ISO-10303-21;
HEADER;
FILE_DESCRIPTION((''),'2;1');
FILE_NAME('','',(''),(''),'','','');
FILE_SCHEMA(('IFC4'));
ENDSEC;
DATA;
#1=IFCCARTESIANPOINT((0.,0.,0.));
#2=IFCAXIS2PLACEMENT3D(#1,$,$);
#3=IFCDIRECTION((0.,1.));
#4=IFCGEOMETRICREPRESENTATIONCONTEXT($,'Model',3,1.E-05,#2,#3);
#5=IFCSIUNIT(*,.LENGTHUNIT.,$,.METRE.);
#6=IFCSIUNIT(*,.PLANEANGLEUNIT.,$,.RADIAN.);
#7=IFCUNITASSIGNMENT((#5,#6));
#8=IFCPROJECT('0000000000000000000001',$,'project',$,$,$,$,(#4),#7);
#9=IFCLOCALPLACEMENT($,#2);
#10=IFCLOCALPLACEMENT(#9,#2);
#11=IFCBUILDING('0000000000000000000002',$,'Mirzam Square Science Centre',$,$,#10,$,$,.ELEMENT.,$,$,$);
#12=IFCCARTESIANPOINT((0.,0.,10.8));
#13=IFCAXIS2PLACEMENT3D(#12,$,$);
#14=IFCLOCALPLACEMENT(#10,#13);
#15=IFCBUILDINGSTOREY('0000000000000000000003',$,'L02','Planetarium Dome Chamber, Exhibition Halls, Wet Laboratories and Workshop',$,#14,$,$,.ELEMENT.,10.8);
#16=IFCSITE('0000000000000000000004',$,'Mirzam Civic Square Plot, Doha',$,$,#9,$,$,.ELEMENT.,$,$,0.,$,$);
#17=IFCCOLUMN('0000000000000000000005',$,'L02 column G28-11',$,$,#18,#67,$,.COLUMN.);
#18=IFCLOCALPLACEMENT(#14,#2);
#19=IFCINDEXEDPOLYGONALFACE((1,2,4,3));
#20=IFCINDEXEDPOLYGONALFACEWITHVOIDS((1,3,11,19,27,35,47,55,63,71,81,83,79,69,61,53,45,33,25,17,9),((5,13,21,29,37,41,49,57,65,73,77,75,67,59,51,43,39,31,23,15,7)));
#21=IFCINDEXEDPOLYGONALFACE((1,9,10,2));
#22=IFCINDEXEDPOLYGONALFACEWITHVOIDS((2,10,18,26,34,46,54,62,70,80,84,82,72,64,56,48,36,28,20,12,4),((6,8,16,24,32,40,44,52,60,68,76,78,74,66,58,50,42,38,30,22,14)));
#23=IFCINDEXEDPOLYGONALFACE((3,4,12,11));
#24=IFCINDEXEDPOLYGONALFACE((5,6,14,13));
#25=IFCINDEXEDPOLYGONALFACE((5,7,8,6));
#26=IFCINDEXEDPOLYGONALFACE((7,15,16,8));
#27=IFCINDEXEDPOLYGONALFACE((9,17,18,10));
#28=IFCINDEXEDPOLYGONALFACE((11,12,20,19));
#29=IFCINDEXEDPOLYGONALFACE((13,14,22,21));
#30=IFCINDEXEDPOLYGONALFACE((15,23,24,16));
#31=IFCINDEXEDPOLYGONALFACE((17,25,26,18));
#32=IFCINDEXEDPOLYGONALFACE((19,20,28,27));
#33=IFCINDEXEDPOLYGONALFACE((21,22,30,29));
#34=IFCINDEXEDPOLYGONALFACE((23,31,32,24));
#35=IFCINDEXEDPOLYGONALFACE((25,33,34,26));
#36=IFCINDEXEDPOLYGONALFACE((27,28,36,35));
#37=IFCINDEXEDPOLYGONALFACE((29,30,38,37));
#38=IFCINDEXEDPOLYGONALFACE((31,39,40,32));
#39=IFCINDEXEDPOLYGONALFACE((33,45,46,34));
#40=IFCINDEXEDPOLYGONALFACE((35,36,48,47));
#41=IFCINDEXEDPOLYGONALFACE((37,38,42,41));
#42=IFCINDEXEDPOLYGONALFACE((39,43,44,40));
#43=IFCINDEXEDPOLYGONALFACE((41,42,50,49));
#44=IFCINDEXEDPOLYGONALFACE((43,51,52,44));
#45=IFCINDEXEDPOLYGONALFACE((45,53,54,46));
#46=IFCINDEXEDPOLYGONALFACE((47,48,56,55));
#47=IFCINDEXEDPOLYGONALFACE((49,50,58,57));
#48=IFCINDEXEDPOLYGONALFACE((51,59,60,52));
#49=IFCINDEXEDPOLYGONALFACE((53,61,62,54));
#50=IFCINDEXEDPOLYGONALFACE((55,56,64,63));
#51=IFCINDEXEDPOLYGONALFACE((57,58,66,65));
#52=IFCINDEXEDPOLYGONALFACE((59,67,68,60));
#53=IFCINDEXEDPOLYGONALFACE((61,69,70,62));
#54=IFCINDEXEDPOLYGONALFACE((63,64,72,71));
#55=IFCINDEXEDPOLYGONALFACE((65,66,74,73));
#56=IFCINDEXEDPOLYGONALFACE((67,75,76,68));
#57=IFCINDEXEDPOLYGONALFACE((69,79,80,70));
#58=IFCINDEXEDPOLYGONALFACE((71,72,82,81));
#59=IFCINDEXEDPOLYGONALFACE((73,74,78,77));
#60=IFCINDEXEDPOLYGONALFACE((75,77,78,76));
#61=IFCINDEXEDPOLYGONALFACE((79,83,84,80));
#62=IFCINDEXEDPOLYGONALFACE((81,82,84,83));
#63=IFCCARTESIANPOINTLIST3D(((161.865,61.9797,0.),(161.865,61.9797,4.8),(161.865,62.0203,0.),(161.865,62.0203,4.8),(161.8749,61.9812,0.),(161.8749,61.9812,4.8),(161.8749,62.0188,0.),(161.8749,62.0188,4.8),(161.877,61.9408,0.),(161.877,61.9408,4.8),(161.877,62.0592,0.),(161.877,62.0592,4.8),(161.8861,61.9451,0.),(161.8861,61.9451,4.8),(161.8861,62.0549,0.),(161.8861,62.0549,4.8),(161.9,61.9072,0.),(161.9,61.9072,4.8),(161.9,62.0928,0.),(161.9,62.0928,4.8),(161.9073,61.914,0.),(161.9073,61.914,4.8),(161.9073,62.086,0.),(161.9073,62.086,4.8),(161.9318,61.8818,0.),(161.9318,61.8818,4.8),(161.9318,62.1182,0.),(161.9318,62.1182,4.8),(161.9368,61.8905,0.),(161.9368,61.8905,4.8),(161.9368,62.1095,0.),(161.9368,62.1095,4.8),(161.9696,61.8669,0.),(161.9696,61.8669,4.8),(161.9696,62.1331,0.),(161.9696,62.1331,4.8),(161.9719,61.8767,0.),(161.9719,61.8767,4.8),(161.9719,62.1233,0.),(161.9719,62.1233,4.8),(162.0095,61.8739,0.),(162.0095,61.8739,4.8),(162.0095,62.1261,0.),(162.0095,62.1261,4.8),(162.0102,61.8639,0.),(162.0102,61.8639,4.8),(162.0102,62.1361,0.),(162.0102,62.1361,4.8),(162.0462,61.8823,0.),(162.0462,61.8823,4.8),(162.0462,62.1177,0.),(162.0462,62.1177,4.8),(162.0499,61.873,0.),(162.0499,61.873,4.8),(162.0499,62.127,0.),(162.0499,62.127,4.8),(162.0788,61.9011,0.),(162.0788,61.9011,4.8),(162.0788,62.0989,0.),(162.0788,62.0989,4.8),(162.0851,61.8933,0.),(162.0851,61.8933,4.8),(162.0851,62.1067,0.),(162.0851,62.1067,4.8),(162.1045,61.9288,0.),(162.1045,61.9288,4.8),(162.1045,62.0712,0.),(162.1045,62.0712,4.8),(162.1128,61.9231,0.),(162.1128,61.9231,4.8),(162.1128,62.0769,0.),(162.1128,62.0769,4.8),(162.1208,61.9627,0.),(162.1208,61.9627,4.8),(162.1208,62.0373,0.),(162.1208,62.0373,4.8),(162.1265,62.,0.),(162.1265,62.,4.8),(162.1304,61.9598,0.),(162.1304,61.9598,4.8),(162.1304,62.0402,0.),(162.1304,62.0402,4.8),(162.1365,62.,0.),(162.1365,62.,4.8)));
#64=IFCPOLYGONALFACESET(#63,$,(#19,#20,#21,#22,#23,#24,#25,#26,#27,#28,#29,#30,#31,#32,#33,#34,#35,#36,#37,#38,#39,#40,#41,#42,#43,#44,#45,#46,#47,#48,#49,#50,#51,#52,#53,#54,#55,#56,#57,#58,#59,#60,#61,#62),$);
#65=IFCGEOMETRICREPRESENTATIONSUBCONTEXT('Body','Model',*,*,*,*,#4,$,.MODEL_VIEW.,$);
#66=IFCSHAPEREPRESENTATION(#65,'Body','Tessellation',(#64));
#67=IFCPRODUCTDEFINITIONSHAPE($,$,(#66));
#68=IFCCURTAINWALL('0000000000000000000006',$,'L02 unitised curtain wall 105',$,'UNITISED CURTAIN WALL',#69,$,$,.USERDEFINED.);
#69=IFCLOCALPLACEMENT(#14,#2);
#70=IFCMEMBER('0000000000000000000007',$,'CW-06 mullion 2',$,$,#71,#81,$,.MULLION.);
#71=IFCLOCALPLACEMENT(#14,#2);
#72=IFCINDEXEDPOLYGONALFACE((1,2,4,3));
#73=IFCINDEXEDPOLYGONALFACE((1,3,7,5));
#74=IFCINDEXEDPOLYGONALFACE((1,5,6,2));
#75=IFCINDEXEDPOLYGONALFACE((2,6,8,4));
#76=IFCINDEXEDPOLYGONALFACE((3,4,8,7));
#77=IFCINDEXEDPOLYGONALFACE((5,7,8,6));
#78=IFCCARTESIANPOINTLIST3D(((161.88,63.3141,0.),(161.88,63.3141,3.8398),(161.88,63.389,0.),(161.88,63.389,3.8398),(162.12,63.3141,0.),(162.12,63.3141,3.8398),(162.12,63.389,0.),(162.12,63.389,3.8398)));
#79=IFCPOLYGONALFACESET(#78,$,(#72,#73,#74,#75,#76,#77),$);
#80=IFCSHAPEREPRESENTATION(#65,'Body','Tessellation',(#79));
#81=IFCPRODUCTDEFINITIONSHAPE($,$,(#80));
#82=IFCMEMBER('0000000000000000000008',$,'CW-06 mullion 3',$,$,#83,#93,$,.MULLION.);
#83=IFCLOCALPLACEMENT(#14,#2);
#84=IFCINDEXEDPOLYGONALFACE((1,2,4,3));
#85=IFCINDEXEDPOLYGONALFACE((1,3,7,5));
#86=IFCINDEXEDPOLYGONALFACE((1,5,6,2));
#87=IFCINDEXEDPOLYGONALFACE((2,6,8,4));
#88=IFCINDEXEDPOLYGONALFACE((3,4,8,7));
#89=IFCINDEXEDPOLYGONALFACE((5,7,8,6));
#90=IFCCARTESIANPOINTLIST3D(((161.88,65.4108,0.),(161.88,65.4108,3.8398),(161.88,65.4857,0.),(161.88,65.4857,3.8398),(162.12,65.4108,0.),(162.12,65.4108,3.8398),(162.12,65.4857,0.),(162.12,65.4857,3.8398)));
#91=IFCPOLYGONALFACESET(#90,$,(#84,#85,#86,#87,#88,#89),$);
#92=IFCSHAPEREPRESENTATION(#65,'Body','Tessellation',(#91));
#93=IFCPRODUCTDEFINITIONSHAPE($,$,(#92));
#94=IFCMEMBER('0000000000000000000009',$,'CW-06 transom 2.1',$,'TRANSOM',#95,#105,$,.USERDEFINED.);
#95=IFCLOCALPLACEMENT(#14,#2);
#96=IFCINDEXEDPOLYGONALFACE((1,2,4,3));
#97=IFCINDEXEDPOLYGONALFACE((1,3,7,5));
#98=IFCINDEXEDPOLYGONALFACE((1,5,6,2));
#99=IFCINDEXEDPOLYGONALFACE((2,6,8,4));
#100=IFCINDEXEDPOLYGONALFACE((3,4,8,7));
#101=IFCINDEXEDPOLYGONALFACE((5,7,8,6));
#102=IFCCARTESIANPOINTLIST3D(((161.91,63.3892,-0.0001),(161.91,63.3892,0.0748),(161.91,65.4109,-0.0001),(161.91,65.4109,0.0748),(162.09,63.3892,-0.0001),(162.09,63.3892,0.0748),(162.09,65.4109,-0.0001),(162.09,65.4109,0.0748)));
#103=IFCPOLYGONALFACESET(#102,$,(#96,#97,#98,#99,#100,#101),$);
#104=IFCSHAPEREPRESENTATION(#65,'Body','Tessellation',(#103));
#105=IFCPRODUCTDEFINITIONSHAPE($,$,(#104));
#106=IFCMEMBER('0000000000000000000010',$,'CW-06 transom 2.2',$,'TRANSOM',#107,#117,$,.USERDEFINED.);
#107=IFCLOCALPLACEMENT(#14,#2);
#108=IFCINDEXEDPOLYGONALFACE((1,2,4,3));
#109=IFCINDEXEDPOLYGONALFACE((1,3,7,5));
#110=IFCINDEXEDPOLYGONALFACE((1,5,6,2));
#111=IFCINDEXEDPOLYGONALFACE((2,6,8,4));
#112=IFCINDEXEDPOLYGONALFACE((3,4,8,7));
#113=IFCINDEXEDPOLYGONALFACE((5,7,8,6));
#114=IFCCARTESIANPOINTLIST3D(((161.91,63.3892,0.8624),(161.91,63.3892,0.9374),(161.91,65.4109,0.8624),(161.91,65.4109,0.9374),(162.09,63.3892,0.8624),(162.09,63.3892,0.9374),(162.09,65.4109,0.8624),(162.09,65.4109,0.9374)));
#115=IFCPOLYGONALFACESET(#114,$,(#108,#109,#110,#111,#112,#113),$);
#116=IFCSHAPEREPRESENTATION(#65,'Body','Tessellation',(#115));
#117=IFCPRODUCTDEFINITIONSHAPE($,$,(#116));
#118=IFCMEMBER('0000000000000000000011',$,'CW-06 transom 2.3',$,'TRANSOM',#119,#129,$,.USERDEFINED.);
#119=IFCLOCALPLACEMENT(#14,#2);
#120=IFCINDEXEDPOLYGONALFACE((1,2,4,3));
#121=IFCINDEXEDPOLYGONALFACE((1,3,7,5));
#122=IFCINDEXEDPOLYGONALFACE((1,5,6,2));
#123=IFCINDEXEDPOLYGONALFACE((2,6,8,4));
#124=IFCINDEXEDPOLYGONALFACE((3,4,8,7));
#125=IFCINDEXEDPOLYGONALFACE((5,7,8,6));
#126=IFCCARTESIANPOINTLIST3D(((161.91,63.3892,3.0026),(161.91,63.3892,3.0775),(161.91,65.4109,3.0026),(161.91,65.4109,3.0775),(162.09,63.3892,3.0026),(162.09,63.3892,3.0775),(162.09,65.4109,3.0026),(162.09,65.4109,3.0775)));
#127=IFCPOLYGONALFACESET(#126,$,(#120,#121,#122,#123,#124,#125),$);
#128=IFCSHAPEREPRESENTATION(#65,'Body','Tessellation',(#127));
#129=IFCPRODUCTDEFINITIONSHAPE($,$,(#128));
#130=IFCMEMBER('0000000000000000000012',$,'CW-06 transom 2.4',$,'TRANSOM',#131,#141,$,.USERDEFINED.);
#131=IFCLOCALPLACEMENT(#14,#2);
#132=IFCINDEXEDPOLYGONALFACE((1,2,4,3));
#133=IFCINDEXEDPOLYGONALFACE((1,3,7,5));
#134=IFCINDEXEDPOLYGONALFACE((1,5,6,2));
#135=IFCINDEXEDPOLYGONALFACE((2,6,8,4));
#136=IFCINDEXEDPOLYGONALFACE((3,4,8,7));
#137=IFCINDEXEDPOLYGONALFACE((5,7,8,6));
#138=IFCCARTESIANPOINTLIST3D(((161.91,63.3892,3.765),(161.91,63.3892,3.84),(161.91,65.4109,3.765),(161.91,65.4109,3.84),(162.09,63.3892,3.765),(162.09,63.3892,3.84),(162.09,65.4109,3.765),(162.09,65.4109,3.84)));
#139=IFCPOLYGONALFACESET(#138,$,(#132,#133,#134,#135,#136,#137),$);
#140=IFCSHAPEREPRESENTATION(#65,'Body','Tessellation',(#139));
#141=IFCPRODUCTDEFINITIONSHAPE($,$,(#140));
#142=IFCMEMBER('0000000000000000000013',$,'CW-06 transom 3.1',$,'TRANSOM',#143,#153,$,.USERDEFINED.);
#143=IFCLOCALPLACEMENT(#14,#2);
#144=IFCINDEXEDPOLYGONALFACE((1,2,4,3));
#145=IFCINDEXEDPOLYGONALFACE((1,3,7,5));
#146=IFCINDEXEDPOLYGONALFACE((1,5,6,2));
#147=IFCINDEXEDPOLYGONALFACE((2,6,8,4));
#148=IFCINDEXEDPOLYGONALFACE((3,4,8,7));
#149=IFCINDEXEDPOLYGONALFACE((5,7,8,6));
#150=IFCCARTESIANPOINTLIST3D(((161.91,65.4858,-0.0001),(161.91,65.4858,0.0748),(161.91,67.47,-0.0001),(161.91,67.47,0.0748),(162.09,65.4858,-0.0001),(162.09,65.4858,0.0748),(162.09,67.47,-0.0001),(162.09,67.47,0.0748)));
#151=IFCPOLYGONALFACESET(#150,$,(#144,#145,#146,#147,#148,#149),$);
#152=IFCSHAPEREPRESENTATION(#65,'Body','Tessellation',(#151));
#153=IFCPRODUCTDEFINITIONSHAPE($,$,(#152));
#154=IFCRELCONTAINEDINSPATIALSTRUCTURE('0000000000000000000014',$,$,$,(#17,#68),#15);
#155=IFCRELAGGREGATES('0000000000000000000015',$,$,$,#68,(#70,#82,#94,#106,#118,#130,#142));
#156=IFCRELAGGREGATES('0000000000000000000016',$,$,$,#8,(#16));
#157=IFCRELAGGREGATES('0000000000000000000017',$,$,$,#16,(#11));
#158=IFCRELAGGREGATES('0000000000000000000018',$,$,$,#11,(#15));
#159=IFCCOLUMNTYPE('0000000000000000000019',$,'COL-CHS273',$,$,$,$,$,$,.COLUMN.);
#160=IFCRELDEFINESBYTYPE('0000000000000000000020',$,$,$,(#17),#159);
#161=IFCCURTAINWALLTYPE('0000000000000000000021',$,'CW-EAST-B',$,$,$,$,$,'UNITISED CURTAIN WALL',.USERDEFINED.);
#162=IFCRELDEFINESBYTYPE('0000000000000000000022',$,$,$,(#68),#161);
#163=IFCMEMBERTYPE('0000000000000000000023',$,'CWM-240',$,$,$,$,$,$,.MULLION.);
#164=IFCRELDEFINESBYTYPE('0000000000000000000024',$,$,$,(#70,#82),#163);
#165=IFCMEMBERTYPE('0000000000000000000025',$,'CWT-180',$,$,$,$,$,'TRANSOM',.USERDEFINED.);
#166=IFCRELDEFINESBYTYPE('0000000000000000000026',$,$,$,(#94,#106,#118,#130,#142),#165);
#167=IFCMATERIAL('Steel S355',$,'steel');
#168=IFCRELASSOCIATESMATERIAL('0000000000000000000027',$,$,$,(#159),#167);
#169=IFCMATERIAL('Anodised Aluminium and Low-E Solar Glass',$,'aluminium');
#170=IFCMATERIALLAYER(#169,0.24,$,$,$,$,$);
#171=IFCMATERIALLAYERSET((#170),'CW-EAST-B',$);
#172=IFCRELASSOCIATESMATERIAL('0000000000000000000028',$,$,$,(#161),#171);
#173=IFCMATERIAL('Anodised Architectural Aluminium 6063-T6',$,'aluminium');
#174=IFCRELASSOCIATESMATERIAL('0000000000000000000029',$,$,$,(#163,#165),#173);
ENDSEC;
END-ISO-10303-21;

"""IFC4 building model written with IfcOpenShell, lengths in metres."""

from ifc_helpers import new_model, si_unit, direction, frame, origin, origin_2d, place, context, subcontext, project, spatial, rectangle, hollow_circle, extrude, material, layer, layer_set, material_profile, profile_set, type_object, element, aggregate, save


model = new_model("IFC4")

# Units and contexts
model_context = context("Model", 3, precision=1e-05, world=origin(), true_north=direction((0.0, 1.0)))
body_context = subcontext(model_context, "Body", "Model", "MODEL_VIEW")
ifc_project = project(units=[si_unit("LENGTHUNIT", "METRE"), si_unit("PLANEANGLEUNIT", "RADIAN")], contexts=[model_context])

# Site, building, storey
site_placement = place(None, origin())
site = spatial("IfcSite", under=ifc_project, at=site_placement, Name="Mirzam Civic Square Plot, Doha", CompositionType="ELEMENT", RefElevation=0.0)
building_placement = place(site_placement, origin())
building = spatial("IfcBuilding", under=site, at=building_placement, Name="Mirzam Square Science Centre", CompositionType="ELEMENT")
storey_placement = place(building_placement, frame((0.0, 0.0, 10.8)))
storey = spatial("IfcBuildingStorey", under=building, at=storey_placement, Name="L02", Description="Planetarium Dome Chamber, Exhibition Halls, Wet Laboratories and Workshop", CompositionType="ELEMENT", Elevation=10.8)

# Column
ifc_material_1 = material(Name="Steel S355", Category="steel")
ifc_material_profile_1 = material_profile(ifc_material_1, hollow_circle(Radius=0.1365, WallThickness=0.01, at=origin_2d()), Name="273.0x10.0CHS")
ifc_profile_set_1 = profile_set([ifc_material_profile_1], Name="Steel S355")
column_type = type_object("IfcColumnType", Name="COL-CHS273", PredefinedType="COLUMN", material=ifc_profile_set_1)
column_placement = place(storey_placement, frame((162.0, 62.0, 0.0), z_axis=(0.0, 0.0, 1.0), x_axis=(1.0, 0.0, 0.0)))
element("IfcColumn", 1, at=column_placement, inside=storey, type_object=column_type, Name="L02 column G28-11", PredefinedType="COLUMN", context=body_context, shape_type="SweptSolid", body=[
    extrude(hollow_circle(Radius=0.1365, WallThickness=0.01, at=origin_2d()), origin(), (0.0, 0.0, 1.0), 4.8),
])

# Curtain wall, members
ifc_material_2 = material(Name="Anodised Aluminium and Low-E Solar Glass", Category="aluminium")
ifc_layer_1 = layer(ifc_material_2, 0.24)
ifc_layer_set_1 = layer_set([ifc_layer_1], Name="CW-EAST-B")
curtain_wall_type = type_object("IfcCurtainWallType", Name="CW-EAST-B", ElementType="UNITISED CURTAIN WALL", PredefinedType="USERDEFINED", material=ifc_layer_set_1)
curtain_wall_placement = place(storey_placement, origin())
curtain_wall = element("IfcCurtainWall", 2, at=curtain_wall_placement, inside=storey, type_object=curtain_wall_type, Name="L02 unitised curtain wall 105", ObjectType="UNITISED CURTAIN WALL", PredefinedType="USERDEFINED")
ifc_material_3 = material(Name="Anodised Architectural Aluminium 6063-T6", Category="aluminium")
ifc_material_profile_2 = material_profile(ifc_material_3, rectangle(XDim=0.075, YDim=0.24, at=origin_2d()), Name="ALU-MULL-240x75x5")
ifc_profile_set_2 = profile_set([ifc_material_profile_2], Name="Anodised Architectural Aluminium 6063-T6")
member_type_1 = type_object("IfcMemberType", Name="CWM-240", PredefinedType="MULLION", material=ifc_profile_set_2)
member_1_placement = place(storey_placement, frame((162.0, 63.3516, 0.0), z_axis=(0.0, 0.0, 1.0), x_axis=(0.0, 1.0, 0.0)))
member_1 = element("IfcMember", 3, at=member_1_placement, type_object=member_type_1, Name="CW-06 mullion 2", PredefinedType="MULLION", context=body_context, shape_type="SweptSolid", body=[
    extrude(rectangle(XDim=0.075, YDim=0.24, at=origin_2d()), origin(), (0.0, 0.0, 1.0), 3.8398),
])
member_2_placement = place(storey_placement, frame((162.0, 65.4482, 0.0), z_axis=(0.0, 0.0, 1.0), x_axis=(0.0, 1.0, 0.0)))
member_2 = element("IfcMember", 4, at=member_2_placement, type_object=member_type_1, Name="CW-06 mullion 3", PredefinedType="MULLION", context=body_context, shape_type="SweptSolid", body=[
    extrude(rectangle(XDim=0.075, YDim=0.24, at=origin_2d()), origin(), (0.0, 0.0, 1.0), 3.8398),
])
ifc_material_profile_3 = material_profile(ifc_material_3, rectangle(XDim=0.1799, YDim=0.075, at=origin_2d()), Name="ALU-TRAN-180x75x5")
ifc_profile_set_3 = profile_set([ifc_material_profile_3], Name="Anodised Architectural Aluminium 6063-T6")
member_type_2 = type_object("IfcMemberType", Name="CWT-180", ElementType="TRANSOM", PredefinedType="USERDEFINED", material=ifc_profile_set_3)
member_3_placement = place(storey_placement, frame((162.0, 63.3892, 0.0374), z_axis=(0.0, 1.0, 0.0), x_axis=(-1.0, 0.0, 0.0)))
member_3 = element("IfcMember", 5, at=member_3_placement, type_object=member_type_2, Name="CW-06 transom 2.1", ObjectType="TRANSOM", PredefinedType="USERDEFINED", context=body_context, shape_type="SweptSolid", body=[
    extrude(rectangle(XDim=0.1799, YDim=0.075, at=origin_2d()), origin(), (0.0, 0.0, 1.0), 2.0217),
])
member_4_placement = place(storey_placement, frame((162.0, 63.3892, 0.8999), z_axis=(0.0, 1.0, 0.0), x_axis=(-1.0, 0.0, 0.0)))
member_4 = element("IfcMember", 6, at=member_4_placement, type_object=member_type_2, Name="CW-06 transom 2.2", ObjectType="TRANSOM", PredefinedType="USERDEFINED", context=body_context, shape_type="SweptSolid", body=[
    extrude(rectangle(XDim=0.1799, YDim=0.075, at=origin_2d()), origin(), (0.0, 0.0, 1.0), 2.0217),
])
member_5_placement = place(storey_placement, frame((162.0, 63.3892, 3.04), z_axis=(0.0, 1.0, 0.0), x_axis=(-1.0, 0.0, 0.0)))
member_5 = element("IfcMember", 7, at=member_5_placement, type_object=member_type_2, Name="CW-06 transom 2.3", ObjectType="TRANSOM", PredefinedType="USERDEFINED", context=body_context, shape_type="SweptSolid", body=[
    extrude(rectangle(XDim=0.1799, YDim=0.075, at=origin_2d()), origin(), (0.0, 0.0, 1.0), 2.0217),
])
member_6_placement = place(storey_placement, frame((162.0, 63.3892, 3.8025), z_axis=(0.0, 1.0, 0.0), x_axis=(-1.0, 0.0, 0.0)))
member_6 = element("IfcMember", 8, at=member_6_placement, type_object=member_type_2, Name="CW-06 transom 2.4", ObjectType="TRANSOM", PredefinedType="USERDEFINED", context=body_context, shape_type="SweptSolid", body=[
    extrude(rectangle(XDim=0.1799, YDim=0.075, at=origin_2d()), origin(), (0.0, 0.0, 1.0), 2.0217),
])
member_7_placement = place(storey_placement, frame((162.0, 65.4858, 0.0374), z_axis=(0.0, 1.0, 0.0), x_axis=(-1.0, 0.0, 0.0)))
member_7 = element("IfcMember", 9, at=member_7_placement, type_object=member_type_2, Name="CW-06 transom 3.1", ObjectType="TRANSOM", PredefinedType="USERDEFINED", context=body_context, shape_type="SweptSolid", body=[
    extrude(rectangle(XDim=0.1799, YDim=0.075, at=origin_2d()), origin(), (0.0, 0.0, 1.0), 1.9841),
])

aggregate(curtain_wall, [member_1, member_2, member_3, member_4, member_5, member_6, member_7])

save(model, "model.ifc")
